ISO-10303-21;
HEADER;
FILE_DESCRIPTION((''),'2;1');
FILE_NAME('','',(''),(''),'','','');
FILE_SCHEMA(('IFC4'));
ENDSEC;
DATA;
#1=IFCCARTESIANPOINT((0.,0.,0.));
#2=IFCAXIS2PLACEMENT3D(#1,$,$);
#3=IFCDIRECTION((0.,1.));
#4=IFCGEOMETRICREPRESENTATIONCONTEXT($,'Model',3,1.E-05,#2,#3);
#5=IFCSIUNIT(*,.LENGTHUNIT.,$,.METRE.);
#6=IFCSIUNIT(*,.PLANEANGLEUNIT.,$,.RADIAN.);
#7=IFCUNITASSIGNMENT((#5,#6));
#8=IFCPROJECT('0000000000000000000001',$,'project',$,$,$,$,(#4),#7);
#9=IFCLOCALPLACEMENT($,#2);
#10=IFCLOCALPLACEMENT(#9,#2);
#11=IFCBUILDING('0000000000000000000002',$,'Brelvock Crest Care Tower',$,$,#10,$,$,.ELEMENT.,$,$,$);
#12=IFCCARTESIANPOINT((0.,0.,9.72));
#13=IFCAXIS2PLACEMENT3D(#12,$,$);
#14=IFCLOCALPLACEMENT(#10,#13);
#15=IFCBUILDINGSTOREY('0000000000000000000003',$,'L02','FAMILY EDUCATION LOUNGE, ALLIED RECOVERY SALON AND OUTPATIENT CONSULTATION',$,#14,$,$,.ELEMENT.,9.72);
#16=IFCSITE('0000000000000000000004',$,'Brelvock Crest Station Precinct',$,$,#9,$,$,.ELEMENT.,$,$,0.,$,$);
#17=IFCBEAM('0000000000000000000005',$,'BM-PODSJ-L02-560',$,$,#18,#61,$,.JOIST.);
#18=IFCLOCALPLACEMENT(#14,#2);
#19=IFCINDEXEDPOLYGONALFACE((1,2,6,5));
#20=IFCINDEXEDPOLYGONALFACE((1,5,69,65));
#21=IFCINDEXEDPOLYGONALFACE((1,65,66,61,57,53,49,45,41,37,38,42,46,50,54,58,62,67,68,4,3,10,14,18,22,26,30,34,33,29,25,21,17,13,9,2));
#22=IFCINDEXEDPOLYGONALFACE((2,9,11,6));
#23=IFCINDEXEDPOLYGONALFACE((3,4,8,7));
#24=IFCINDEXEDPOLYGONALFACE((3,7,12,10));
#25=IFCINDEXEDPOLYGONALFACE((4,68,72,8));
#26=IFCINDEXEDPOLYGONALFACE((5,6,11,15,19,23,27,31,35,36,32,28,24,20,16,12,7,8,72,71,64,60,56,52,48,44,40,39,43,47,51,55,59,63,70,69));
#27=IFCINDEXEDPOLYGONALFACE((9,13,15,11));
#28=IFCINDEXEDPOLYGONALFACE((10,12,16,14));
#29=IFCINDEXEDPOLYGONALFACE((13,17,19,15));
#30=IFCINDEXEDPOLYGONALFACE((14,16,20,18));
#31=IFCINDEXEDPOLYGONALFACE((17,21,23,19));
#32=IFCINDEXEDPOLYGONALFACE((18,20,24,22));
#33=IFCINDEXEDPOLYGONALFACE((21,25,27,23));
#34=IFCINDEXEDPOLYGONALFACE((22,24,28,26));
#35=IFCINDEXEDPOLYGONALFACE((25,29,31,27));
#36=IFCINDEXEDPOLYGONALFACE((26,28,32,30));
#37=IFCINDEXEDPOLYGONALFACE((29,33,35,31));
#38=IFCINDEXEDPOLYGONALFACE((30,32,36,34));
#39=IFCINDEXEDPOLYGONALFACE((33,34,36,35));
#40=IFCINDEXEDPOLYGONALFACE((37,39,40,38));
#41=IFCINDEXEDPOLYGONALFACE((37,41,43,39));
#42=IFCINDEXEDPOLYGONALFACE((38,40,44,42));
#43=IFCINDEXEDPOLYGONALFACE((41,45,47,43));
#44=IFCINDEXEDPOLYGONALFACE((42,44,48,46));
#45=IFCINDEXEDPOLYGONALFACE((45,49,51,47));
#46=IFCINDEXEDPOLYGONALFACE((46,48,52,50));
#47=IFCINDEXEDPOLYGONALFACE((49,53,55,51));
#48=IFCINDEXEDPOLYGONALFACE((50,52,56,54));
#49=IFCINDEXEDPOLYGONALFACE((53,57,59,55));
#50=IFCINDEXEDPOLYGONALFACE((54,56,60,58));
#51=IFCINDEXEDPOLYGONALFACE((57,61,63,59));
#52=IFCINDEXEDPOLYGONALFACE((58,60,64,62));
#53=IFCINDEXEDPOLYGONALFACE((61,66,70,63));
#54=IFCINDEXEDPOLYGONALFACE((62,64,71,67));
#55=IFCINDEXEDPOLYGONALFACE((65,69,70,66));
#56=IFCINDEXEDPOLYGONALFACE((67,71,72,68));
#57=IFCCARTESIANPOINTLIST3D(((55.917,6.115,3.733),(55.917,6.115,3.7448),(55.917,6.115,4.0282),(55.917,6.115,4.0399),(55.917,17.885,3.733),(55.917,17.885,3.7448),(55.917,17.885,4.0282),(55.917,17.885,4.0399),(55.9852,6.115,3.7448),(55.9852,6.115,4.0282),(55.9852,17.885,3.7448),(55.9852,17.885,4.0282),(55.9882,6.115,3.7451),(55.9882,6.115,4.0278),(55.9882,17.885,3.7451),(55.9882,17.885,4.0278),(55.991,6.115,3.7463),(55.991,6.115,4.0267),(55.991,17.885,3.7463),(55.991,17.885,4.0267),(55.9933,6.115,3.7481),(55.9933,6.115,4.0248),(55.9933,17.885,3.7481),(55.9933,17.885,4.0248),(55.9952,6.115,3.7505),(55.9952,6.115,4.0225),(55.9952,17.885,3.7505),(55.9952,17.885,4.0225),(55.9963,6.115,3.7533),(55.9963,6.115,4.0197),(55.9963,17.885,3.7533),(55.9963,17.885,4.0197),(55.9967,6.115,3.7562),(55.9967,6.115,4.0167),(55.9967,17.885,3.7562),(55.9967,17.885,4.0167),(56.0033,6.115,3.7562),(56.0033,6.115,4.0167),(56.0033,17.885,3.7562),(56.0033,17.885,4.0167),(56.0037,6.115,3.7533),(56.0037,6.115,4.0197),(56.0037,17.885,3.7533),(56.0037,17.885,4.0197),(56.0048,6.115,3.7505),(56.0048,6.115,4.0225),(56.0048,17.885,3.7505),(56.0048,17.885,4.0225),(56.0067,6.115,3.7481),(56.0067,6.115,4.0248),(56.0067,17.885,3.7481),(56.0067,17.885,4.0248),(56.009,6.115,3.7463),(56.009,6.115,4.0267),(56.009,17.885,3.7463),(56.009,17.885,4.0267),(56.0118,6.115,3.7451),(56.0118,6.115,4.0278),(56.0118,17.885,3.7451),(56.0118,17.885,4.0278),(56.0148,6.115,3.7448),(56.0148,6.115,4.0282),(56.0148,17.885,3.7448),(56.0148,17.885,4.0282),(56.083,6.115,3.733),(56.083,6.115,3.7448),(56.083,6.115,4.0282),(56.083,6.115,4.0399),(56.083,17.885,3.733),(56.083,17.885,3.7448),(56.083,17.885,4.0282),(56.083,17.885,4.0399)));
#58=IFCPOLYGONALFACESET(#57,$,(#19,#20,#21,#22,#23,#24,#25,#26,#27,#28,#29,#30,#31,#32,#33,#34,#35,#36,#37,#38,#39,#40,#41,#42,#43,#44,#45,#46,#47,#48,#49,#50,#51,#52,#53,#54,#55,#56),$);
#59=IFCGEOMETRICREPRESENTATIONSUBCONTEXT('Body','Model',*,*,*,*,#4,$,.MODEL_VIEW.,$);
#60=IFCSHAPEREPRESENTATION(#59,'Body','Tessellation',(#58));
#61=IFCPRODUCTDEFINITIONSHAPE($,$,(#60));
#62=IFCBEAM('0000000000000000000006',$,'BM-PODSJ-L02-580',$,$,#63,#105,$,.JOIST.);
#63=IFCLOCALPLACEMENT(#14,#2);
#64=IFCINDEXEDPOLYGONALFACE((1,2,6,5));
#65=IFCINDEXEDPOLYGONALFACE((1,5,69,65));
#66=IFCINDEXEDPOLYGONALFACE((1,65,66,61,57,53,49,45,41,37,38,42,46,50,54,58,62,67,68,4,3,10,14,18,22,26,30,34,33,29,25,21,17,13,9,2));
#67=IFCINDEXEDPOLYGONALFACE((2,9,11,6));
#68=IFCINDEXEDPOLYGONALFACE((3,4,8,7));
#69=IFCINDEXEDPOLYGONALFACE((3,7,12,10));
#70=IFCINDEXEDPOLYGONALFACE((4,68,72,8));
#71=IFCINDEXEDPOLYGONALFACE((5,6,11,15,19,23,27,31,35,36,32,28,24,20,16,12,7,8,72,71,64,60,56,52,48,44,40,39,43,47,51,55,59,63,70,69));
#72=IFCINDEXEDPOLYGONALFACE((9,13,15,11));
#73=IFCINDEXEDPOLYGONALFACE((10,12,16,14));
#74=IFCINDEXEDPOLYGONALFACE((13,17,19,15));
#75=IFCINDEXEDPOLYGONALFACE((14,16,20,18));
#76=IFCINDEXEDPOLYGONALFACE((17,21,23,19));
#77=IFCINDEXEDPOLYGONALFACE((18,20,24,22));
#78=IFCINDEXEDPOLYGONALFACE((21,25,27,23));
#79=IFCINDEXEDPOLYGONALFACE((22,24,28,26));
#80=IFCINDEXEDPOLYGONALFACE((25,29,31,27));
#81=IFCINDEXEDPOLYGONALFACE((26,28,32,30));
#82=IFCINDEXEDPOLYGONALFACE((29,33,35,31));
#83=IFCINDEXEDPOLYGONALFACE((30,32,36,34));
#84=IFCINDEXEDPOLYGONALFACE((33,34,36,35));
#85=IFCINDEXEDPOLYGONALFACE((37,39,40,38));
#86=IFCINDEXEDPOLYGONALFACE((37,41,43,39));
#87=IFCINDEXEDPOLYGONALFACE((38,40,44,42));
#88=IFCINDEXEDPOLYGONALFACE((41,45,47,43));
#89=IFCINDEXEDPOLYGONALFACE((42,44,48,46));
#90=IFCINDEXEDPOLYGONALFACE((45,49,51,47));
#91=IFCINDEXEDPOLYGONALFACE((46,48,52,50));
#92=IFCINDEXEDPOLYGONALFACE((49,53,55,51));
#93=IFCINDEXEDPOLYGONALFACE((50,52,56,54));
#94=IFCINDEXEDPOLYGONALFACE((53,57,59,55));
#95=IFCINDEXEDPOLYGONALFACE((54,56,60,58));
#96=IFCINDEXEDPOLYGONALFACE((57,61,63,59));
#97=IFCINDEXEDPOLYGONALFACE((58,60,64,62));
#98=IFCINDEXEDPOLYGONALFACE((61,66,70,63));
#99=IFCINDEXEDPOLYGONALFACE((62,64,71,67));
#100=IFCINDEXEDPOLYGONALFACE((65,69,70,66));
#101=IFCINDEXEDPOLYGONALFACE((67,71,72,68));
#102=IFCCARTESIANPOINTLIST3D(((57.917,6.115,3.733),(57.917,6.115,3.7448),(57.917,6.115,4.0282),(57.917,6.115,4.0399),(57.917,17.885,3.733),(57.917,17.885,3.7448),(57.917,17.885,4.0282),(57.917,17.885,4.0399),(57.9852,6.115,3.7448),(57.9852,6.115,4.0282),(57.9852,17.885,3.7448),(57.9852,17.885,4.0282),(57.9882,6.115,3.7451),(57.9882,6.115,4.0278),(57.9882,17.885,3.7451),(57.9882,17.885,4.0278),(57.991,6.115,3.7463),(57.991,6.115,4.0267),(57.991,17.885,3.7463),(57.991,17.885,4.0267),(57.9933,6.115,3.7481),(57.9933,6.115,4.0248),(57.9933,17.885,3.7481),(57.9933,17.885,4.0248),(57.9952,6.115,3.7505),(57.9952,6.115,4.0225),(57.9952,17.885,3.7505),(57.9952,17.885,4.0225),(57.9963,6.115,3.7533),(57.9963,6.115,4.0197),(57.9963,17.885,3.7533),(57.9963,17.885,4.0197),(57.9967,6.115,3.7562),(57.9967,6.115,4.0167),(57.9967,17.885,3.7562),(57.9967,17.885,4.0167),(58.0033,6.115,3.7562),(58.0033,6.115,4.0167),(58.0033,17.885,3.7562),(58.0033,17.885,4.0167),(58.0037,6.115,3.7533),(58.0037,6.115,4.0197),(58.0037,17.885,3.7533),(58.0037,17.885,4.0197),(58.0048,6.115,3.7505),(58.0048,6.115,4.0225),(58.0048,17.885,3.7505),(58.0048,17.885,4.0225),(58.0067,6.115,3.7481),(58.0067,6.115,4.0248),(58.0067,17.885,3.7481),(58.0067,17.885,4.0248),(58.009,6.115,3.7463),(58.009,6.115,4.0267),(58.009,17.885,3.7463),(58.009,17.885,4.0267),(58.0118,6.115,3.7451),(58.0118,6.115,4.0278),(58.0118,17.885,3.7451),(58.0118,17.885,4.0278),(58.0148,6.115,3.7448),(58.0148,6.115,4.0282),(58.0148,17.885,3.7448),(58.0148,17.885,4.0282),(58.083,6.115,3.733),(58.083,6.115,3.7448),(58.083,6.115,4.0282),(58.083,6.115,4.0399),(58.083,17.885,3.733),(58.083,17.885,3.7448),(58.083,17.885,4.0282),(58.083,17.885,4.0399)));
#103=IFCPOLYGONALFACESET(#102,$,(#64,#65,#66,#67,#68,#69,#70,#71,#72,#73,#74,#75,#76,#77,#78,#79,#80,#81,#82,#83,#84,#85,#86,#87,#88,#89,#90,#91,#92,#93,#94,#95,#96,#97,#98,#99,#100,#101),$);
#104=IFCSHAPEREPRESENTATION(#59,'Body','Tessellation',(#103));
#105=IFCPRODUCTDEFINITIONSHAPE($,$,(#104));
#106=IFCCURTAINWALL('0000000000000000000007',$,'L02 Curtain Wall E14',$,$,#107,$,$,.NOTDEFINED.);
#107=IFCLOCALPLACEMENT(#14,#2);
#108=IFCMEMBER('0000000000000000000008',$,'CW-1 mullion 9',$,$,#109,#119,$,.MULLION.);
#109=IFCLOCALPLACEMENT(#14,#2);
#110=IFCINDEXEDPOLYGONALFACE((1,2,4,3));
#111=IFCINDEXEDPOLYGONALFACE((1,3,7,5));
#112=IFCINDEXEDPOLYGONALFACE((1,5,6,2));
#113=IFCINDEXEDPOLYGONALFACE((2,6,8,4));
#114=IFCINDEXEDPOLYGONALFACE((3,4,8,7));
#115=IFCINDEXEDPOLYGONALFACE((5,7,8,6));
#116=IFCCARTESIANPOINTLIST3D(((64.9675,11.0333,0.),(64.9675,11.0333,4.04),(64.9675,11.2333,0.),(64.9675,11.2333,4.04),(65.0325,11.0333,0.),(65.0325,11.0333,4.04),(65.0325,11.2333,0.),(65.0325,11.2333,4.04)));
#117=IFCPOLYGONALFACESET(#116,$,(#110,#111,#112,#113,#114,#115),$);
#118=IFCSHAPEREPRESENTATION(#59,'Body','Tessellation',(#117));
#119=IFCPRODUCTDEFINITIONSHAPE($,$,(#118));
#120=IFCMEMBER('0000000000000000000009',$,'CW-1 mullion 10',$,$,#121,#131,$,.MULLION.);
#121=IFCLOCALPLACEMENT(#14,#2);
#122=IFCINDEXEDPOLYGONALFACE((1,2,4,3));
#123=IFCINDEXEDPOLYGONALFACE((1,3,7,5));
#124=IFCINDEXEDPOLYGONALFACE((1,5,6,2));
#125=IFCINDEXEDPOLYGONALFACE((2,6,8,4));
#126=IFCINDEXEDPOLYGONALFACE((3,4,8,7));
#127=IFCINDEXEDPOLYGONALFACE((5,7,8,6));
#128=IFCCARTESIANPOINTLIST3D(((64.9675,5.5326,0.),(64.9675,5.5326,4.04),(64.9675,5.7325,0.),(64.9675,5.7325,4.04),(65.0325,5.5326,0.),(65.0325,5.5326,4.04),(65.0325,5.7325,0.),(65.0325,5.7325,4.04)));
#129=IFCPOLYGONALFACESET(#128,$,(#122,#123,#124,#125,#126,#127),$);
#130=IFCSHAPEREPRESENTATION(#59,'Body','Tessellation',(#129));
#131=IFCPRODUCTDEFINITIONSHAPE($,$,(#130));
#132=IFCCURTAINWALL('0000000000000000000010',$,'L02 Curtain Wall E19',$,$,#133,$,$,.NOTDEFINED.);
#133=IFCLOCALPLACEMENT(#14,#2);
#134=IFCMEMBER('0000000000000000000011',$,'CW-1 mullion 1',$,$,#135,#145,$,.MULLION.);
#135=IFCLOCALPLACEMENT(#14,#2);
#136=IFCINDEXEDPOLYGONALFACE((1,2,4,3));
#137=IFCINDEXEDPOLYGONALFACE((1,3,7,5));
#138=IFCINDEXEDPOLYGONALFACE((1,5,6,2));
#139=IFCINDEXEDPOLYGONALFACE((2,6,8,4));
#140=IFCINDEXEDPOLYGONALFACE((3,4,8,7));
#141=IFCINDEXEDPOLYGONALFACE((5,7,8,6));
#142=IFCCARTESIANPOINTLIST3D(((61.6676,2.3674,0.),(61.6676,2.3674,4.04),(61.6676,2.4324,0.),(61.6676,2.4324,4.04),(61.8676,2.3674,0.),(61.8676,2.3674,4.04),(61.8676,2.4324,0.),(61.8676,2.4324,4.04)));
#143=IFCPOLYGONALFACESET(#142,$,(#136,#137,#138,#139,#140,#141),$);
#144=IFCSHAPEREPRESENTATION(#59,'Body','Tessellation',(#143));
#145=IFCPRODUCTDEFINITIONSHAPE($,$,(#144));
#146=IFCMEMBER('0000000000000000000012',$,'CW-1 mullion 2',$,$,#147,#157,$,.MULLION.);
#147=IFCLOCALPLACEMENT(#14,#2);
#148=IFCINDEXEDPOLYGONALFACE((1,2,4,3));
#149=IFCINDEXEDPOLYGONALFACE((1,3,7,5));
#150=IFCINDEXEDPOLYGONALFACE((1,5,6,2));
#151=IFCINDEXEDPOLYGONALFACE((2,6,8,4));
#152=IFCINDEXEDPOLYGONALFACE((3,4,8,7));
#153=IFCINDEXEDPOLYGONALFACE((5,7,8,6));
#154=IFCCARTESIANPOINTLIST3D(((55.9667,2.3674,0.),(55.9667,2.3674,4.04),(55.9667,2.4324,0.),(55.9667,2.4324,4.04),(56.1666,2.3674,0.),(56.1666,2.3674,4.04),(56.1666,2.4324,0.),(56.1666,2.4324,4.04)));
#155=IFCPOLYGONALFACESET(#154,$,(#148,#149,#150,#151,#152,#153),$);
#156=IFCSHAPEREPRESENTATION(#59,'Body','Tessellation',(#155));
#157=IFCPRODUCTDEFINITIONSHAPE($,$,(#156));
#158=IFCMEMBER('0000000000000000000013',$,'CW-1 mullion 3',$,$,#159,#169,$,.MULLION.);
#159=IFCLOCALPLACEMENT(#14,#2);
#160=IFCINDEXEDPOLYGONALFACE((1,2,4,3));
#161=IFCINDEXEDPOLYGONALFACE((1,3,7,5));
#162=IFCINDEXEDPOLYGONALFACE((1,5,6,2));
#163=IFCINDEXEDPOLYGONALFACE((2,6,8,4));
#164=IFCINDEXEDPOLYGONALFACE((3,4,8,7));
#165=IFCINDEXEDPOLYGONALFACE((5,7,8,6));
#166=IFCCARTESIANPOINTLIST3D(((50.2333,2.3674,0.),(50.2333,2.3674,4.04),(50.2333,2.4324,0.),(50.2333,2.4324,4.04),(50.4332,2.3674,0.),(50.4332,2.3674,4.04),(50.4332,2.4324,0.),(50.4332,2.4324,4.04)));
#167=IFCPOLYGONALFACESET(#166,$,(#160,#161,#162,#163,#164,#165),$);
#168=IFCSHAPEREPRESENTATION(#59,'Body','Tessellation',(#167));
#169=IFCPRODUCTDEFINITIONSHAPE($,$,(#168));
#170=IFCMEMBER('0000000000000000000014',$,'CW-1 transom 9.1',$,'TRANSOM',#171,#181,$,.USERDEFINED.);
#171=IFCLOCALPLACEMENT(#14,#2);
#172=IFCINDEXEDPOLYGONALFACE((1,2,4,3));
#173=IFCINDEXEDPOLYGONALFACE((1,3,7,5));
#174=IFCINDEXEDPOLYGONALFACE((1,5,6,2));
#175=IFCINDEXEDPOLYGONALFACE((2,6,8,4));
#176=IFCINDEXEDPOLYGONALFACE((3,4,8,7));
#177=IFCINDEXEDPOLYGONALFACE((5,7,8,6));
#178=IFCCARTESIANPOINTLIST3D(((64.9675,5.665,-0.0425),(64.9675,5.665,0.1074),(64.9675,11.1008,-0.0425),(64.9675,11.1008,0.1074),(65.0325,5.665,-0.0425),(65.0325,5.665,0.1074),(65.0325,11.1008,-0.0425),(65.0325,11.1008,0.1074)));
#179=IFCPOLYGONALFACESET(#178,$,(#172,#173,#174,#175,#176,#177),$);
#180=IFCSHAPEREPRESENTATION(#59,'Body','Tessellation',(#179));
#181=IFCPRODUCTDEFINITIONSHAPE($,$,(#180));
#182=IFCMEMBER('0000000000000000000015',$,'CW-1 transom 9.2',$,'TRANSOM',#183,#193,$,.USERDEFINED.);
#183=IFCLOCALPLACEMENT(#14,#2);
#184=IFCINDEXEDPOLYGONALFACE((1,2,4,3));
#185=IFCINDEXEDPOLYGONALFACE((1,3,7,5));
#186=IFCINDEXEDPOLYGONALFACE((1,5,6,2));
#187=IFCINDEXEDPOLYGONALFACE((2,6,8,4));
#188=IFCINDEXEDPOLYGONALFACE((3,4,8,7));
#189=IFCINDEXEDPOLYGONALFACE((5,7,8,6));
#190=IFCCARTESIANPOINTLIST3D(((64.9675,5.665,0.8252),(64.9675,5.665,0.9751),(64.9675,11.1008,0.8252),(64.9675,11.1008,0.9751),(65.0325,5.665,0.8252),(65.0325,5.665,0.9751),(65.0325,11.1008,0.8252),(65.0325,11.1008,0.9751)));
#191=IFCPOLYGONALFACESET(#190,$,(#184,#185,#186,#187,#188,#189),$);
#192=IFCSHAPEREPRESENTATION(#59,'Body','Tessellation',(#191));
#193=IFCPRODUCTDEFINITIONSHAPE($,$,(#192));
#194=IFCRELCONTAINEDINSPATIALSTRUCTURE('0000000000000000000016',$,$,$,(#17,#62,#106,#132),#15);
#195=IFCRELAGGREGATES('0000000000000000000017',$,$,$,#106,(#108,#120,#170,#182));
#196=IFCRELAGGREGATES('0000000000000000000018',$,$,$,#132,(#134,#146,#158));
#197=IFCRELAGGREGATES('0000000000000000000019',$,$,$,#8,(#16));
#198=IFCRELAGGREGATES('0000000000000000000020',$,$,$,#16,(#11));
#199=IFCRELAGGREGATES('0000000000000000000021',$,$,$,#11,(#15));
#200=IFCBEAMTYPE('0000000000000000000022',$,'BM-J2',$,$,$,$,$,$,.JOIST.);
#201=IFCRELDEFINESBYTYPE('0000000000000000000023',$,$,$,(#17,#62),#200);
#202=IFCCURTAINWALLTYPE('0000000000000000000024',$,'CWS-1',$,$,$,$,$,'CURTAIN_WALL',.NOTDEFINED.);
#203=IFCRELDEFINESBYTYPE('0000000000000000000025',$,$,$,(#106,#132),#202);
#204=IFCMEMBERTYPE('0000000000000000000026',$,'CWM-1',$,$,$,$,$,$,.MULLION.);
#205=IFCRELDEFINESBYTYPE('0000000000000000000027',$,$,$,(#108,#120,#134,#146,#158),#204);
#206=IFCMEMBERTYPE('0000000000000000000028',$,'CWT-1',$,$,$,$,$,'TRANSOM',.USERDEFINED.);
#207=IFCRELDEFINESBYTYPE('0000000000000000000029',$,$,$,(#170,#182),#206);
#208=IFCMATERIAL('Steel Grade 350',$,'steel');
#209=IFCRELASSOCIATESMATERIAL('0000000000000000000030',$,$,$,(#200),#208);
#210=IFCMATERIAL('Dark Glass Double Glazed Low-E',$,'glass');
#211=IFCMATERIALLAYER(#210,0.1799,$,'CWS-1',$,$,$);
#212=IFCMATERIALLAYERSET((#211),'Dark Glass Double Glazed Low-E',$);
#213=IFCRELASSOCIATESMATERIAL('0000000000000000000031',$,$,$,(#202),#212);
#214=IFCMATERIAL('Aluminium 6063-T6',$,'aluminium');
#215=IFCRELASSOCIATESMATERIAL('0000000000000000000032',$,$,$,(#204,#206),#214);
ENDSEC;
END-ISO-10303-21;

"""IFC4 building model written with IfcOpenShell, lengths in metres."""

from ifc_helpers import new_model, si_unit, direction, frame, origin, origin_2d, place, context, subcontext, project, spatial, rectangle, i_section, extrude, source, transform, mapped, material, layer, layer_set, material_profile, profile_set, type_object, element, aggregate, save


model = new_model("IFC4")

# Units and contexts
model_context = context("Model", 3, precision=1e-05, world=origin(), true_north=direction((0.0, 1.0)))
body_context = subcontext(model_context, "Body", "Model", "MODEL_VIEW")
ifc_project = project(units=[si_unit("LENGTHUNIT", "METRE"), si_unit("PLANEANGLEUNIT", "RADIAN")], contexts=[model_context])

# Site, building, storey
site_placement = place(None, origin())
site = spatial("IfcSite", under=ifc_project, at=site_placement, Name="Brelvock Crest Station Precinct", CompositionType="ELEMENT", RefElevation=0.0)
building_placement = place(site_placement, origin())
building = spatial("IfcBuilding", under=site, at=building_placement, Name="Brelvock Crest Care Tower", CompositionType="ELEMENT")
storey_placement = place(building_placement, frame((0.0, 0.0, 9.72)))
storey = spatial("IfcBuildingStorey", under=building, at=storey_placement, Name="L02", Description="FAMILY EDUCATION LOUNGE, ALLIED RECOVERY SALON AND OUTPATIENT CONSULTATION", CompositionType="ELEMENT", Elevation=9.72)

# Shared definitions
ifc_material_1 = material(Name="Steel Grade 350", Category="steel")

# Beams
ifc_material_profile_1 = material_profile(ifc_material_1, i_section(OverallWidth=0.166, OverallDepth=0.3069, WebThickness=0.0066, FlangeThickness=0.0117, FilletRadius=0.0115, at=origin_2d()), Name="310UB46.2")
ifc_profile_set_1 = profile_set([ifc_material_profile_1], Name="Steel Grade 350")
beam_type_1 = type_object("IfcBeamType", Name="BM-J2", PredefinedType="JOIST", material=ifc_profile_set_1)
shared_shape_1 = source(origin(), body_context, "Body", "SweptSolid", [
    extrude(i_section(OverallWidth=0.166, OverallDepth=0.3069, WebThickness=0.0066, FlangeThickness=0.0117, FilletRadius=0.0115, at=origin_2d()), origin(), (0.0, 0.0, 1.0), 11.77),
])
for number, where, z_axis, x_axis, name in (
    (1, (56.0, 6.115, 3.8865), (0.0, 1.0, 0.0), (-1.0, 0.0, 0.0), "BM-PODSJ-L02-560"),
    (2, (58.0, 6.115, 3.8865), (0.0, 1.0, 0.0), (-1.0, 0.0, 0.0), "BM-PODSJ-L02-580"),
):
    element("IfcBeam", number, at=place(storey_placement, frame(where, z_axis=z_axis, x_axis=x_axis)), inside=storey, type_object=beam_type_1, Name=name, PredefinedType="JOIST", context=body_context, shape_type="MappedRepresentation", body=[
        mapped(shared_shape_1, transform((0.0, 0.0, 0.0), x_axis=(1.0, 0.0, 0.0), y_axis=(0.0, 1.0, 0.0), z_axis=(0.0, 0.0, 1.0), scale=1.0)),
    ])

# Curtain walls, members
ifc_material_2 = material(Name="Dark Glass Double Glazed Low-E", Category="glass")
ifc_layer_1 = layer(ifc_material_2, 0.1799, Name="CWS-1")
ifc_layer_set_1 = layer_set([ifc_layer_1], Name="Dark Glass Double Glazed Low-E")
curtain_wall_type = type_object("IfcCurtainWallType", Name="CWS-1", ElementType="CURTAIN_WALL", PredefinedType="NOTDEFINED", material=ifc_layer_set_1)
curtain_wall_1_placement = place(storey_placement, origin())
curtain_wall_1 = element("IfcCurtainWall", 3, at=curtain_wall_1_placement, inside=storey, type_object=curtain_wall_type, Name="L02 Curtain Wall E14", PredefinedType="NOTDEFINED")
ifc_material_3 = material(Name="Aluminium 6063-T6", Category="aluminium")
ifc_material_profile_2 = material_profile(ifc_material_3, rectangle(XDim=0.0649, YDim=0.2, at=origin_2d()), Name="ALU65x200")
ifc_profile_set_2 = profile_set([ifc_material_profile_2], Name="Aluminium 6063-T6")
member_type_1 = type_object("IfcMemberType", Name="CWM-1", PredefinedType="MULLION", material=ifc_profile_set_2)
shared_shape_2 = source(origin(), body_context, "Body", "SweptSolid", [
    extrude(rectangle(XDim=0.0649, YDim=0.2, at=origin_2d()), origin(), (0.0, 0.0, 1.0), 4.04),
])
member_1_placement = place(storey_placement, frame((65.0, 11.1333, 0.0), z_axis=(0.0, 0.0, 1.0), x_axis=(1.0, 0.0, 0.0)))
member_1 = element("IfcMember", 4, at=member_1_placement, type_object=member_type_1, Name="CW-1 mullion 9", PredefinedType="MULLION", context=body_context, shape_type="MappedRepresentation", body=[
    mapped(shared_shape_2, transform((0.0, 0.0, 0.0), x_axis=(1.0, 0.0, 0.0), y_axis=(0.0, 1.0, 0.0), z_axis=(0.0, 0.0, 1.0), scale=1.0)),
])
member_2_placement = place(storey_placement, frame((65.0, 5.6326, 0.0), z_axis=(0.0, 0.0, 1.0), x_axis=(1.0, 0.0, 0.0)))
member_2 = element("IfcMember", 5, at=member_2_placement, type_object=member_type_1, Name="CW-1 mullion 10", PredefinedType="MULLION", context=body_context, shape_type="MappedRepresentation", body=[
    mapped(shared_shape_2, transform((0.0, 0.0, 0.0), x_axis=(1.0, 0.0, 0.0), y_axis=(0.0, 1.0, 0.0), z_axis=(0.0, 0.0, 1.0), scale=1.0)),
])
curtain_wall_2_placement = place(storey_placement, origin())
curtain_wall_2 = element("IfcCurtainWall", 6, at=curtain_wall_2_placement, inside=storey, type_object=curtain_wall_type, Name="L02 Curtain Wall E19", PredefinedType="NOTDEFINED")
member_3_placement = place(storey_placement, frame((61.7676, 2.3999, 0.0), z_axis=(0.0, 0.0, 1.0), x_axis=(0.0, -1.0, 0.0)))
member_3 = element("IfcMember", 7, at=member_3_placement, type_object=member_type_1, Name="CW-1 mullion 1", PredefinedType="MULLION", context=body_context, shape_type="MappedRepresentation", body=[
    mapped(shared_shape_2, transform((0.0, 0.0, 0.0), x_axis=(1.0, 0.0, 0.0), y_axis=(0.0, 1.0, 0.0), z_axis=(0.0, 0.0, 1.0), scale=1.0)),
])
member_4_placement = place(storey_placement, frame((56.0667, 2.3999, 0.0), z_axis=(0.0, 0.0, 1.0), x_axis=(0.0, -1.0, 0.0)))
member_4 = element("IfcMember", 8, at=member_4_placement, type_object=member_type_1, Name="CW-1 mullion 2", PredefinedType="MULLION", context=body_context, shape_type="MappedRepresentation", body=[
    mapped(shared_shape_2, transform((0.0, 0.0, 0.0), x_axis=(1.0, 0.0, 0.0), y_axis=(0.0, 1.0, 0.0), z_axis=(0.0, 0.0, 1.0), scale=1.0)),
])
member_5_placement = place(storey_placement, frame((50.3333, 2.3999, 0.0), z_axis=(0.0, 0.0, 1.0), x_axis=(0.0, -1.0, 0.0)))
member_5 = element("IfcMember", 9, at=member_5_placement, type_object=member_type_1, Name="CW-1 mullion 3", PredefinedType="MULLION", context=body_context, shape_type="MappedRepresentation", body=[
    mapped(shared_shape_2, transform((0.0, 0.0, 0.0), x_axis=(1.0, 0.0, 0.0), y_axis=(0.0, 1.0, 0.0), z_axis=(0.0, 0.0, 1.0), scale=1.0)),
])

# Members
ifc_material_profile_3 = material_profile(ifc_material_3, rectangle(XDim=0.0649, YDim=0.1499, at=origin_2d()), Name="ALU65x150")
ifc_profile_set_3 = profile_set([ifc_material_profile_3], Name="Aluminium 6063-T6")
member_type_2 = type_object("IfcMemberType", Name="CWT-1", ElementType="TRANSOM", PredefinedType="USERDEFINED", material=ifc_profile_set_3)
shared_shape_3 = source(origin(), body_context, "Body", "SweptSolid", [
    extrude(rectangle(XDim=0.0649, YDim=0.1499, at=origin_2d()), origin(), (0.0, 0.0, 1.0), 5.4358),
])
member_6_placement = place(storey_placement, frame((65.0, 11.1008, 0.0325), z_axis=(0.0, -1.0, 0.0), x_axis=(1.0, 0.0, 0.0)))
member_6 = element("IfcMember", 10, at=member_6_placement, type_object=member_type_2, Name="CW-1 transom 9.1", ObjectType="TRANSOM", PredefinedType="USERDEFINED", context=body_context, shape_type="MappedRepresentation", body=[
    mapped(shared_shape_3, transform((0.0, 0.0, 0.0), x_axis=(1.0, 0.0, 0.0), y_axis=(0.0, 1.0, 0.0), z_axis=(0.0, 0.0, 1.0), scale=1.0)),
])
member_7_placement = place(storey_placement, frame((65.0, 11.1008, 0.9001), z_axis=(0.0, -1.0, 0.0), x_axis=(1.0, 0.0, 0.0)))
member_7 = element("IfcMember", 11, at=member_7_placement, type_object=member_type_2, Name="CW-1 transom 9.2", ObjectType="TRANSOM", PredefinedType="USERDEFINED", context=body_context, shape_type="MappedRepresentation", body=[
    mapped(shared_shape_3, transform((0.0, 0.0, 0.0), x_axis=(1.0, 0.0, 0.0), y_axis=(0.0, 1.0, 0.0), z_axis=(0.0, 0.0, 1.0), scale=1.0)),
])

aggregate(curtain_wall_1, [member_1, member_2, member_6, member_7])
aggregate(curtain_wall_2, [member_3, member_4, member_5])

save(model, "model.ifc")
